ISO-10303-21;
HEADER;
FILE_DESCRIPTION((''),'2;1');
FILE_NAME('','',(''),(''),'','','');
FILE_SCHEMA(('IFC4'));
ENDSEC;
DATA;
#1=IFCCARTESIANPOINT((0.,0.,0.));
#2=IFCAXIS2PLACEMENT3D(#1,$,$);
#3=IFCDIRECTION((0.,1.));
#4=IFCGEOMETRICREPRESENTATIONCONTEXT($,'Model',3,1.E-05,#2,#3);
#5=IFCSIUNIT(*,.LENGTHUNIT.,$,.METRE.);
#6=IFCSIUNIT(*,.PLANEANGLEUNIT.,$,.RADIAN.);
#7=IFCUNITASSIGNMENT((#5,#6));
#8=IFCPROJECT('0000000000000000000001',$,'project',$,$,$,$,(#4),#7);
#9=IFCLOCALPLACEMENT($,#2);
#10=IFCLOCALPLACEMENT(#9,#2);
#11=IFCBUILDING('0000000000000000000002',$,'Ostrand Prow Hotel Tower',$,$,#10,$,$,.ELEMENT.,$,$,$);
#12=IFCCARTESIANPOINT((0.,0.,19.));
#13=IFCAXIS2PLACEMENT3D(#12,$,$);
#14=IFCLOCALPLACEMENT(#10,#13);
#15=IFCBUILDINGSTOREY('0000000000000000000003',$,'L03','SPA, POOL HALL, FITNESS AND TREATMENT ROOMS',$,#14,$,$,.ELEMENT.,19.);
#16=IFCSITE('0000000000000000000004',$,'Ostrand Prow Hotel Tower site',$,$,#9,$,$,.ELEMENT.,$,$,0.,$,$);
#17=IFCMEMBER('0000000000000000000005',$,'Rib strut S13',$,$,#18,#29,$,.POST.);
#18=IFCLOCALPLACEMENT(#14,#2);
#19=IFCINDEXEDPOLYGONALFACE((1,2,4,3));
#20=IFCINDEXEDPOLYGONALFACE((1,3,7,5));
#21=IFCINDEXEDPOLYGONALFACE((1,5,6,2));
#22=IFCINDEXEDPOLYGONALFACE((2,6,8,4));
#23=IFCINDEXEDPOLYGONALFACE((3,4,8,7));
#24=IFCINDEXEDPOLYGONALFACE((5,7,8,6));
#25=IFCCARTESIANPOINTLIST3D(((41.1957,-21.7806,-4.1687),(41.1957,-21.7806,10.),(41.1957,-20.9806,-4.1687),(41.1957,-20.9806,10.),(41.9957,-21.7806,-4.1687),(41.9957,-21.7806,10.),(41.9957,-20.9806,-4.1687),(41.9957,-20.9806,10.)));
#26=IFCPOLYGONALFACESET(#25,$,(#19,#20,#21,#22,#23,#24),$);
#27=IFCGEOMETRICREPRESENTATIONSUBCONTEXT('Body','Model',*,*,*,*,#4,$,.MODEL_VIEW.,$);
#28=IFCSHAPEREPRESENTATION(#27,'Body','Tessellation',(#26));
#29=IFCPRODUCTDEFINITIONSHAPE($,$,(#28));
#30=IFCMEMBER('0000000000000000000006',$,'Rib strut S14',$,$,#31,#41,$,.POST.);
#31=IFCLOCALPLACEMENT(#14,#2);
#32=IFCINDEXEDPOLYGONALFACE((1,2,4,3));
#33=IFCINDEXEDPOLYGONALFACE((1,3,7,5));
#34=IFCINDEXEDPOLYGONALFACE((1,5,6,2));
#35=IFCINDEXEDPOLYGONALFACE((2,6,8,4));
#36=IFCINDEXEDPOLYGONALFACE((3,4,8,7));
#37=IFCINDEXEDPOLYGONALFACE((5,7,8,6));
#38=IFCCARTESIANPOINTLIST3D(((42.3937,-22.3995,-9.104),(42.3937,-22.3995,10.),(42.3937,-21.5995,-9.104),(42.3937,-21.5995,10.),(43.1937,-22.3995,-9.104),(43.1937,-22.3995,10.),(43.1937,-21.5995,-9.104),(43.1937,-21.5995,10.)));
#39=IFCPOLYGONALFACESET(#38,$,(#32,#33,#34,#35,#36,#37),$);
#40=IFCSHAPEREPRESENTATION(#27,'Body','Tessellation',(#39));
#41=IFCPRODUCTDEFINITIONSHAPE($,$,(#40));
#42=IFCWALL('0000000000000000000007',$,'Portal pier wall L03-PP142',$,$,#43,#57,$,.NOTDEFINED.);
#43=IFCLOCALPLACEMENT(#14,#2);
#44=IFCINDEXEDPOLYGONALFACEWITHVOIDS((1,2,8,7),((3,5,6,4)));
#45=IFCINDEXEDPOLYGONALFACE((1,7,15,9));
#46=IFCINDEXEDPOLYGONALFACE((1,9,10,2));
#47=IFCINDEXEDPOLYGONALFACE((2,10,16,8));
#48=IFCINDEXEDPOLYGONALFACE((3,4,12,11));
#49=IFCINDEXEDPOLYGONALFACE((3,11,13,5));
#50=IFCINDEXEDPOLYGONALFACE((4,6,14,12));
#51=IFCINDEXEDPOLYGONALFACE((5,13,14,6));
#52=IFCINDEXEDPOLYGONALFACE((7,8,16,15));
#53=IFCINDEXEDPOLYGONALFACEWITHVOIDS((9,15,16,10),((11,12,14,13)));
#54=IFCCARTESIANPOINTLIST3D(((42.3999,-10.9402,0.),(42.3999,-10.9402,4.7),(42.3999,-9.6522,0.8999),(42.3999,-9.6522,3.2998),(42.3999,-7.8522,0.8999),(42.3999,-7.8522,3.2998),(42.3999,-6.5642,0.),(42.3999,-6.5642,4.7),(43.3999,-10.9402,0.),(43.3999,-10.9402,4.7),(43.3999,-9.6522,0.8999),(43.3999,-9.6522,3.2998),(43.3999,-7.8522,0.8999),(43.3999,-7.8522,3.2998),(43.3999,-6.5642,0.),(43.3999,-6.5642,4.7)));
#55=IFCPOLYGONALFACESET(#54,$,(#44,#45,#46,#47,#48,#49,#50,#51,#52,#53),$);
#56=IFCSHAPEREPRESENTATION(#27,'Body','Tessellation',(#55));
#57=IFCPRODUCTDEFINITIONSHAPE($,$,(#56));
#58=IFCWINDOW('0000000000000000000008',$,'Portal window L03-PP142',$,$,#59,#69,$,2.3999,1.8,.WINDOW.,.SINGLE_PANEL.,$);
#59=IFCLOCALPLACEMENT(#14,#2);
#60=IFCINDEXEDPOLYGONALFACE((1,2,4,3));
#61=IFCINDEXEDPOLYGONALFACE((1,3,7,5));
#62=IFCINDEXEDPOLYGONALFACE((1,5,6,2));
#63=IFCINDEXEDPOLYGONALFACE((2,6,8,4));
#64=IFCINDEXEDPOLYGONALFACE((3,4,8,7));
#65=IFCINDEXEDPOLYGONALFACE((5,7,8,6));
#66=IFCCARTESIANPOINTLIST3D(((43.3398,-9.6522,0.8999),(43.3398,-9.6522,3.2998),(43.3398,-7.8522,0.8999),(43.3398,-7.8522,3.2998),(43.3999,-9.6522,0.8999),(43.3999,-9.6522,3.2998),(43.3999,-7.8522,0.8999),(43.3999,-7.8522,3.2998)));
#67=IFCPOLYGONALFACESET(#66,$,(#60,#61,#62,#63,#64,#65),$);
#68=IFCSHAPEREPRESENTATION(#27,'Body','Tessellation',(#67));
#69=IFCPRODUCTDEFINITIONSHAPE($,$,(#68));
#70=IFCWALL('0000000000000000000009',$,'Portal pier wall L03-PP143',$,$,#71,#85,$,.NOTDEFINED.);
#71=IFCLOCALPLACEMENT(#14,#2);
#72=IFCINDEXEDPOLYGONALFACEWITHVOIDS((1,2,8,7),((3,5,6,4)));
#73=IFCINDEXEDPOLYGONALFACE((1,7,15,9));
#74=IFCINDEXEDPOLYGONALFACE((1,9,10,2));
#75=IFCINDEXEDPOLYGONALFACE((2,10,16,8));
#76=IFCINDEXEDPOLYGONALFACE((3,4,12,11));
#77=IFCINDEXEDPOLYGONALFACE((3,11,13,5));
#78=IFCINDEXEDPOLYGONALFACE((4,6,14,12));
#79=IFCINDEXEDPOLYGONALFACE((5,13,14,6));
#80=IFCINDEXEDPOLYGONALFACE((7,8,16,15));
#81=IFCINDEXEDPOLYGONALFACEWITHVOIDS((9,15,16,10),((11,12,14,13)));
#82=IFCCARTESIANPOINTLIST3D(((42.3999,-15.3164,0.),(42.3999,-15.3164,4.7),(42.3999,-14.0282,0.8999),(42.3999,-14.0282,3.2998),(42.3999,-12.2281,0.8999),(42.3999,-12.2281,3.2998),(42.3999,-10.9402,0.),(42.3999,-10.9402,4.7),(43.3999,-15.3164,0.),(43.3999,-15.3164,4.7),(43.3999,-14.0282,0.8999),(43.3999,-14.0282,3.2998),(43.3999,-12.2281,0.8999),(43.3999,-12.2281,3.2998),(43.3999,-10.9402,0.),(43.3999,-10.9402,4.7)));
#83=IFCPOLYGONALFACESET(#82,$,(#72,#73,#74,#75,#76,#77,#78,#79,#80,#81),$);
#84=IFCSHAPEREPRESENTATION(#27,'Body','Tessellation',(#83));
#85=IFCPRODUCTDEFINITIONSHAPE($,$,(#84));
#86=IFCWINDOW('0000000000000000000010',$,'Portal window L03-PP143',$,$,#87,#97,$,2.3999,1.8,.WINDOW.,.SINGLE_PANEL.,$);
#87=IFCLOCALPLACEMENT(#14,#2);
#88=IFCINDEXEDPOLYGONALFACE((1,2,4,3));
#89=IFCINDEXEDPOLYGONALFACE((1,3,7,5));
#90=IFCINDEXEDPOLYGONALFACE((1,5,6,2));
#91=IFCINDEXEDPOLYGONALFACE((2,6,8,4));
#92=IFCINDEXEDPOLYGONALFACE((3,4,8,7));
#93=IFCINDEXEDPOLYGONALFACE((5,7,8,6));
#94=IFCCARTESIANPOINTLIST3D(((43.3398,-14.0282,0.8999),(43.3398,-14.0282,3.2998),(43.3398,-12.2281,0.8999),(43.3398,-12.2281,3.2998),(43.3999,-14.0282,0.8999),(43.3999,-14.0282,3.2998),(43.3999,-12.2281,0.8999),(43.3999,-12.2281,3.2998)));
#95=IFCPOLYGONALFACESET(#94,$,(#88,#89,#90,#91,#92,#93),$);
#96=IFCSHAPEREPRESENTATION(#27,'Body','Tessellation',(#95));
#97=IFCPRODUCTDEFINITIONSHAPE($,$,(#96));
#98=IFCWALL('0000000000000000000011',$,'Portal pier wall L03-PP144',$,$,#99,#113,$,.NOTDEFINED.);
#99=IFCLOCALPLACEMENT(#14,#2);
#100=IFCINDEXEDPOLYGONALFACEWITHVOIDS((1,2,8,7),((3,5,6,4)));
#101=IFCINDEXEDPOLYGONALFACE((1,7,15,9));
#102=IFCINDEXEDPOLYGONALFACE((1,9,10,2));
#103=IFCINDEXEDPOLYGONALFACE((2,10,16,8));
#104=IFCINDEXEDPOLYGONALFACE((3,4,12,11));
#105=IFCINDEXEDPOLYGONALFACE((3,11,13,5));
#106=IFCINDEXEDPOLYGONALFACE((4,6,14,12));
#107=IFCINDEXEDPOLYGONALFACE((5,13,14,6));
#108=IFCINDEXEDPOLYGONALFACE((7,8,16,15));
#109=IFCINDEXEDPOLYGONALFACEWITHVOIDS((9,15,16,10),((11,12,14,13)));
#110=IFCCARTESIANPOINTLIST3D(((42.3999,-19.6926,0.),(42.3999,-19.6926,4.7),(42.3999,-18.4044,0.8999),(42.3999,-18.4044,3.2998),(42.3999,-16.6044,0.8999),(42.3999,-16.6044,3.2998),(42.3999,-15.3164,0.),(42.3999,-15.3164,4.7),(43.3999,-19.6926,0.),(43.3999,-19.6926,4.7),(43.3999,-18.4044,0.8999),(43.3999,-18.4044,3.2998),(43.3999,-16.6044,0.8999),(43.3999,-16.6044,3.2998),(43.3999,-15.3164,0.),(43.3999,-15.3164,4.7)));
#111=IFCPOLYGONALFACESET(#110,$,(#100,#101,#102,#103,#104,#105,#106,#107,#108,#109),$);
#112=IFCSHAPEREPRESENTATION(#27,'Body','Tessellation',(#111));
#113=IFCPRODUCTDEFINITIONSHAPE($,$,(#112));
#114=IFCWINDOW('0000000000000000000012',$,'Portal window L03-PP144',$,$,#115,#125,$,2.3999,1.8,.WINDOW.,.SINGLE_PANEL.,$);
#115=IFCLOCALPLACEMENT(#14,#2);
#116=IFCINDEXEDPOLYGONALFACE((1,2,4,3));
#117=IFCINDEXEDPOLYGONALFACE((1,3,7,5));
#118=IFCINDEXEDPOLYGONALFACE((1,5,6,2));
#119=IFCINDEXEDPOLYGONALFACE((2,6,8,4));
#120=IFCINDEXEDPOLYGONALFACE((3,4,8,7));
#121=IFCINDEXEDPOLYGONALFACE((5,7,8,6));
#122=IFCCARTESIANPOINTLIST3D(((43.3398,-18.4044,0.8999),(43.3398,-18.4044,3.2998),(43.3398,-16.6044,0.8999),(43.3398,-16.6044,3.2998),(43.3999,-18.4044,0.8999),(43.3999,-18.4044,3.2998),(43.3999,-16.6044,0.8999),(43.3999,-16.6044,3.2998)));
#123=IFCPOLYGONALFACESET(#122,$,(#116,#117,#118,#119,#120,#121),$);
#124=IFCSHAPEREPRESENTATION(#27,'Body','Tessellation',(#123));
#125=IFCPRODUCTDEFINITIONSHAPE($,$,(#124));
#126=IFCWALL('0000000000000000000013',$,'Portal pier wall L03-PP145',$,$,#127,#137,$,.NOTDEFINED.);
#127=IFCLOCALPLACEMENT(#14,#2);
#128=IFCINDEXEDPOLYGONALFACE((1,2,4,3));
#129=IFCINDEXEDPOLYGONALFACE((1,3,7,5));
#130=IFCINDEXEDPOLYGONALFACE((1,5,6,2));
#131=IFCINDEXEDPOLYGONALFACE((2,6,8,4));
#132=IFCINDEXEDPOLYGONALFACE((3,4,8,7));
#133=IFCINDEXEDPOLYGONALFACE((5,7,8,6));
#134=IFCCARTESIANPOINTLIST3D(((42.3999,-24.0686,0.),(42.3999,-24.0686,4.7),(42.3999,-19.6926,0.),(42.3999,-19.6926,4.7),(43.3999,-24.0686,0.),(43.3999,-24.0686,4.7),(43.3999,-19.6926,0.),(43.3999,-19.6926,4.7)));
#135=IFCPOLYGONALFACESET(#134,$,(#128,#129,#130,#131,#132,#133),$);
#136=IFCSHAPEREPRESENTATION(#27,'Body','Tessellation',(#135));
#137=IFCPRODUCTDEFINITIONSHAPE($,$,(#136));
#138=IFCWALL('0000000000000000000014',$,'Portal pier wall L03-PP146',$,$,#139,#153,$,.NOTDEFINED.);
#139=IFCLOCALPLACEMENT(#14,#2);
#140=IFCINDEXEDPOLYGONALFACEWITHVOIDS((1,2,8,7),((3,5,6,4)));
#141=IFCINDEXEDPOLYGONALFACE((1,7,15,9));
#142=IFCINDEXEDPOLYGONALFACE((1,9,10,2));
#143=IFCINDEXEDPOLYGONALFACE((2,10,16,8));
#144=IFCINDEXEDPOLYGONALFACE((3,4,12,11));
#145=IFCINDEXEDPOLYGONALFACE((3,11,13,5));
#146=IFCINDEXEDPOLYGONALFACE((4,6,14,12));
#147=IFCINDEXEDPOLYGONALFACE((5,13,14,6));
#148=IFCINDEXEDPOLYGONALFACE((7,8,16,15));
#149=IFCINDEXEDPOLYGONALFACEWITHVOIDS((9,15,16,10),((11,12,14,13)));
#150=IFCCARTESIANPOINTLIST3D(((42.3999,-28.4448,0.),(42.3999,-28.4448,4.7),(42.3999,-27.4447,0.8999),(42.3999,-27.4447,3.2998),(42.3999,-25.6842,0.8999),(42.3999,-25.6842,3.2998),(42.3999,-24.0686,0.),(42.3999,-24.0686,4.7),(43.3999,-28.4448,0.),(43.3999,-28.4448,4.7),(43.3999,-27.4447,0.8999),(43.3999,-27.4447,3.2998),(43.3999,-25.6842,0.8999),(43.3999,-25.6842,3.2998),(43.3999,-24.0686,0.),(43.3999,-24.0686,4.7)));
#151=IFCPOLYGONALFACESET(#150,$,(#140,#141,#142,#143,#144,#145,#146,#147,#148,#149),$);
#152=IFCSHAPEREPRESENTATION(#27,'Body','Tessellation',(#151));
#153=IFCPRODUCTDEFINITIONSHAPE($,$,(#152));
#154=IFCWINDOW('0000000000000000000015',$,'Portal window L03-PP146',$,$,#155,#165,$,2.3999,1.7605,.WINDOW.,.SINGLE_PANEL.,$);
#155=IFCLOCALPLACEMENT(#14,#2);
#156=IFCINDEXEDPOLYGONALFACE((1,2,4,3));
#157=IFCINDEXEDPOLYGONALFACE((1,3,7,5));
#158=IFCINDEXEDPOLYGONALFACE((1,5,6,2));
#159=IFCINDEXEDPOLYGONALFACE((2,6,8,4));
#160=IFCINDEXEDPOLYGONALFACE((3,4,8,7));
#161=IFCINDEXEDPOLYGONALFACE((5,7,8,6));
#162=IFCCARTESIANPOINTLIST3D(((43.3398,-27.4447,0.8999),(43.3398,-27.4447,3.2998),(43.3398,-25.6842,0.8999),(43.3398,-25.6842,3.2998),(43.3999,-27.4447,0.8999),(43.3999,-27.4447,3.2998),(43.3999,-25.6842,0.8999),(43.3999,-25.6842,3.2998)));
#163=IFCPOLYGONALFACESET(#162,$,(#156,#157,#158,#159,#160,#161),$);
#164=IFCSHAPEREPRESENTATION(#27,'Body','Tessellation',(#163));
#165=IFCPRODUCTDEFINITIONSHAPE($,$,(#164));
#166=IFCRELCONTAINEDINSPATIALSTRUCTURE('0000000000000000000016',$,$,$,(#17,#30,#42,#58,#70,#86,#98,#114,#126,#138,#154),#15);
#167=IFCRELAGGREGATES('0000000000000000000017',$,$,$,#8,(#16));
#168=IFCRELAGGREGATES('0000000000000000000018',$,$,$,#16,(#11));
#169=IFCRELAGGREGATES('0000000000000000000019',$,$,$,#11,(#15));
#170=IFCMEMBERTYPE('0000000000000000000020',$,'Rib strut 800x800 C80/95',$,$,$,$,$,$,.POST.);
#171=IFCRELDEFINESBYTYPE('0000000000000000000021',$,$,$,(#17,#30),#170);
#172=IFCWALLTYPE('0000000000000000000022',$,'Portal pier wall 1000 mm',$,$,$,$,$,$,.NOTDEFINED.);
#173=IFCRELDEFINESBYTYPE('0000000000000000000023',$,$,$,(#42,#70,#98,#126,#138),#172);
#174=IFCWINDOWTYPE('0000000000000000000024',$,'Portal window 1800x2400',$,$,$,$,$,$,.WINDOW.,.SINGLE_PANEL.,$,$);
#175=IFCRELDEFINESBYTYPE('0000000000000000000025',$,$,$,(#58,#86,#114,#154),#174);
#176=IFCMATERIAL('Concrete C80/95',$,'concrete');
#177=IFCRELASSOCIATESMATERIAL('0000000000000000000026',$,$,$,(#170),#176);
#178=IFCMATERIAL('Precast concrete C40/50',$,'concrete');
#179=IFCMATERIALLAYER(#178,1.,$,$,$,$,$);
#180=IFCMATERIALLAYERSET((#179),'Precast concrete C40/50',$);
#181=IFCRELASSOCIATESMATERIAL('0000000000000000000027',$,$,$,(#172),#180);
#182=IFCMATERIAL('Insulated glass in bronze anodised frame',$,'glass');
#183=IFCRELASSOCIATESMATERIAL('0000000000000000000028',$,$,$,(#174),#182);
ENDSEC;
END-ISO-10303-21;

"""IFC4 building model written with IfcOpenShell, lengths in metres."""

from ifc_helpers import new_model, si_unit, direction, frame, frame_2d, origin, origin_2d, place, context, subcontext, project, spatial, polyline, rectangle, outline, extrude, material, layer, layer_set, material_profile, profile_set, type_object, element, fill, save


model = new_model("IFC4")

# Units and contexts
model_context = context("Model", 3, precision=1e-05, world=origin(), true_north=direction((0.0, 1.0)))
body_context = subcontext(model_context, "Body", "Model", "MODEL_VIEW")
ifc_project = project(units=[si_unit("LENGTHUNIT", "METRE"), si_unit("PLANEANGLEUNIT", "RADIAN")], contexts=[model_context])

# Site, building, storey
site_placement = place(None, origin())
site = spatial("IfcSite", under=ifc_project, at=site_placement, Name="Ostrand Prow Hotel Tower site", CompositionType="ELEMENT", RefElevation=0.0)
building_placement = place(site_placement, origin())
building = spatial("IfcBuilding", under=site, at=building_placement, Name="Ostrand Prow Hotel Tower", CompositionType="ELEMENT")
storey_placement = place(building_placement, frame((0.0, 0.0, 19.0)))
storey = spatial("IfcBuildingStorey", under=building, at=storey_placement, Name="L03", Description="SPA, POOL HALL, FITNESS AND TREATMENT ROOMS", CompositionType="ELEMENT", Elevation=19.0)

# Members
ifc_material_1 = material(Name="Concrete C80/95", Category="concrete")
ifc_material_profile = material_profile(ifc_material_1, rectangle(XDim=0.8, YDim=0.8, at=origin_2d()), Name="RC 800x800")
ifc_profile_set = profile_set([ifc_material_profile], Name="Concrete C80/95")
member_type = type_object("IfcMemberType", Name="Rib strut 800x800 C80/95", PredefinedType="POST", material=ifc_profile_set)
member_1_placement = place(storey_placement, frame((41.5957, -21.3806, -4.1687), z_axis=(0.0, 0.0, 1.0), x_axis=(1.0, 0.0, 0.0)))
element("IfcMember", 1, at=member_1_placement, inside=storey, type_object=member_type, Name="Rib strut S13", PredefinedType="POST", context=body_context, shape_type="SweptSolid", body=[
    extrude(rectangle(XDim=0.8, YDim=0.8, at=origin_2d()), origin(), (0.0, 0.0, 1.0), 14.1687),
])
member_2_placement = place(storey_placement, frame((42.7937, -21.9995, -9.104), z_axis=(0.0, 0.0, 1.0), x_axis=(1.0, 0.0, 0.0)))
element("IfcMember", 2, at=member_2_placement, inside=storey, type_object=member_type, Name="Rib strut S14", PredefinedType="POST", context=body_context, shape_type="SweptSolid", body=[
    extrude(rectangle(XDim=0.8, YDim=0.8, at=origin_2d()), origin(), (0.0, 0.0, 1.0), 19.104),
])

# Walls, openings, windows
ifc_material_2 = material(Name="Precast concrete C40/50", Category="concrete")
ifc_layer_1 = layer(ifc_material_2, 1.0)
ifc_layer_set_1 = layer_set([ifc_layer_1], Name="Precast concrete C40/50")
wall_type = type_object("IfcWallType", Name="Portal pier wall 1000 mm", PredefinedType="NOTDEFINED", material=ifc_layer_set_1)
wall_1_placement = place(storey_placement, frame((42.8999, -6.5642, 0.0), z_axis=(0.0, 0.0, 1.0), x_axis=(0.0, -1.0, 0.0)))
wall_1 = element("IfcWall", 3, at=wall_1_placement, inside=storey, type_object=wall_type, Name="Portal pier wall L03-PP142", PredefinedType="NOTDEFINED", context=body_context, shape_type="SweptSolid", body=[
    extrude(outline(polyline([(0.0, -0.5), (4.376, -0.5), (4.376, 0.5), (0.0, 0.5), (0.0, -0.5)])), origin(), (0.0, 0.0, 1.0), 4.7),
])
opening_1_placement = place(wall_1_placement, frame((1.2881, 0.0, 0.8999)))
opening_1 = element("IfcOpeningElement", 4, at=opening_1_placement, cuts=wall_1, PredefinedType="OPENING", context=body_context, shape_type="SweptSolid", body=[
    extrude(rectangle(XDim=1.8, YDim=2.3999, at=frame_2d((0.8999, 1.2))), frame((0.0, 0.51, 0.0), z_axis=(0.0, -1.0, 0.0), x_axis=(1.0, 0.0, 0.0)), (0.0, 0.0, 1.0), 1.02),
])
ifc_material_3 = material(Name="Insulated glass in bronze anodised frame", Category="glass")
window_type = type_object("IfcWindowType", Name="Portal window 1800x2400", PartitioningType="SINGLE_PANEL", PredefinedType="WINDOW", material=ifc_material_3)
window_1_placement = place(opening_1_placement, origin())
window_1 = element("IfcWindow", 5, at=window_1_placement, inside=storey, type_object=window_type, Name="Portal window L03-PP142", OverallHeight=2.3999, OverallWidth=1.8, PartitioningType="SINGLE_PANEL", PredefinedType="WINDOW", context=body_context, shape_type="SweptSolid", body=[
    extrude(rectangle(XDim=1.8, YDim=2.3999, at=frame_2d((0.8999, 1.2))), frame((0.0, 0.5, 0.0), z_axis=(0.0, -1.0, 0.0), x_axis=(1.0, 0.0, 0.0)), (0.0, 0.0, 1.0), 0.0601),
])
fill(opening_1, window_1)
wall_2_placement = place(storey_placement, frame((42.8999, -10.9402, 0.0), z_axis=(0.0, 0.0, 1.0), x_axis=(0.0, -1.0, 0.0)))
wall_2 = element("IfcWall", 6, at=wall_2_placement, inside=storey, type_object=wall_type, Name="Portal pier wall L03-PP143", PredefinedType="NOTDEFINED", context=body_context, shape_type="SweptSolid", body=[
    extrude(outline(polyline([(0.0, -0.5), (4.3762, -0.5), (4.3762, 0.5), (0.0, 0.5), (0.0, -0.5)])), origin(), (0.0, 0.0, 1.0), 4.7),
])
opening_2_placement = place(wall_2_placement, frame((1.2881, 0.0, 0.8999)))
opening_2 = element("IfcOpeningElement", 7, at=opening_2_placement, cuts=wall_2, PredefinedType="OPENING", context=body_context, shape_type="SweptSolid", body=[
    extrude(rectangle(XDim=1.8, YDim=2.3999, at=frame_2d((0.8999, 1.2))), frame((0.0, 0.51, 0.0), z_axis=(0.0, -1.0, 0.0), x_axis=(1.0, 0.0, 0.0)), (0.0, 0.0, 1.0), 1.02),
])
window_2_placement = place(opening_2_placement, origin())
window_2 = element("IfcWindow", 8, at=window_2_placement, inside=storey, type_object=window_type, Name="Portal window L03-PP143", OverallHeight=2.3999, OverallWidth=1.8, PartitioningType="SINGLE_PANEL", PredefinedType="WINDOW", context=body_context, shape_type="SweptSolid", body=[
    extrude(rectangle(XDim=1.8, YDim=2.3999, at=frame_2d((0.8999, 1.2))), frame((0.0, 0.5, 0.0), z_axis=(0.0, -1.0, 0.0), x_axis=(1.0, 0.0, 0.0)), (0.0, 0.0, 1.0), 0.0601),
])
fill(opening_2, window_2)
wall_3_placement = place(storey_placement, frame((42.8999, -15.3164, 0.0), z_axis=(0.0, 0.0, 1.0), x_axis=(0.0, -1.0, 0.0)))
wall_3 = element("IfcWall", 9, at=wall_3_placement, inside=storey, type_object=wall_type, Name="Portal pier wall L03-PP144", PredefinedType="NOTDEFINED", context=body_context, shape_type="SweptSolid", body=[
    extrude(outline(polyline([(0.0, -0.5), (4.3762, -0.5), (4.3762, 0.5), (0.0, 0.5), (0.0, -0.5)])), origin(), (0.0, 0.0, 1.0), 4.7),
])
opening_3_placement = place(wall_3_placement, frame((1.2881, 0.0, 0.8999)))
opening_3 = element("IfcOpeningElement", 10, at=opening_3_placement, cuts=wall_3, PredefinedType="OPENING", context=body_context, shape_type="SweptSolid", body=[
    extrude(rectangle(XDim=1.8, YDim=2.3999, at=frame_2d((0.8999, 1.2))), frame((0.0, 0.51, 0.0), z_axis=(0.0, -1.0, 0.0), x_axis=(1.0, 0.0, 0.0)), (0.0, 0.0, 1.0), 1.02),
])
window_3_placement = place(opening_3_placement, origin())
window_3 = element("IfcWindow", 11, at=window_3_placement, inside=storey, type_object=window_type, Name="Portal window L03-PP144", OverallHeight=2.3999, OverallWidth=1.8, PartitioningType="SINGLE_PANEL", PredefinedType="WINDOW", context=body_context, shape_type="SweptSolid", body=[
    extrude(rectangle(XDim=1.8, YDim=2.3999, at=frame_2d((0.8999, 1.2))), frame((0.0, 0.5, 0.0), z_axis=(0.0, -1.0, 0.0), x_axis=(1.0, 0.0, 0.0)), (0.0, 0.0, 1.0), 0.0601),
])
fill(opening_3, window_3)

# Wall
wall_4_placement = place(storey_placement, frame((42.8999, -19.6926, 0.0), z_axis=(0.0, 0.0, 1.0), x_axis=(0.0, -1.0, 0.0)))
element("IfcWall", 12, at=wall_4_placement, inside=storey, type_object=wall_type, Name="Portal pier wall L03-PP145", PredefinedType="NOTDEFINED", context=body_context, shape_type="SweptSolid", body=[
    extrude(outline(polyline([(0.0, -0.5), (4.376, -0.5), (4.376, 0.5), (0.0, 0.5), (0.0, -0.5)])), origin(), (0.0, 0.0, 1.0), 4.7),
])

# Wall, opening, window
wall_5_placement = place(storey_placement, frame((42.8999, -24.0686, 0.0), z_axis=(0.0, 0.0, 1.0), x_axis=(0.0, -1.0, 0.0)))
wall_5 = element("IfcWall", 13, at=wall_5_placement, inside=storey, type_object=wall_type, Name="Portal pier wall L03-PP146", PredefinedType="NOTDEFINED", context=body_context, shape_type="SweptSolid", body=[
    extrude(outline(polyline([(0.0, -0.5), (4.3762, -0.5), (4.3762, 0.5), (0.0, 0.5), (0.0, -0.5)])), origin(), (0.0, 0.0, 1.0), 4.7),
])
opening_4_placement = place(wall_5_placement, frame((1.6155, 0.0, 0.8999)))
opening_4 = element("IfcOpeningElement", 14, at=opening_4_placement, cuts=wall_5, PredefinedType="OPENING", context=body_context, shape_type="SweptSolid", body=[
    extrude(rectangle(XDim=1.7605, YDim=2.3999, at=frame_2d((0.8804, 1.2))), frame((0.0, 0.51, 0.0), z_axis=(0.0, -1.0, 0.0), x_axis=(1.0, 0.0, 0.0)), (0.0, 0.0, 1.0), 1.02),
])
window_4_placement = place(opening_4_placement, origin())
window_4 = element("IfcWindow", 15, at=window_4_placement, inside=storey, type_object=window_type, Name="Portal window L03-PP146", OverallHeight=2.3999, OverallWidth=1.7605, PartitioningType="SINGLE_PANEL", PredefinedType="WINDOW", context=body_context, shape_type="SweptSolid", body=[
    extrude(rectangle(XDim=1.7605, YDim=2.3999, at=frame_2d((0.8804, 1.2))), frame((0.0, 0.5, 0.0), z_axis=(0.0, -1.0, 0.0), x_axis=(1.0, 0.0, 0.0)), (0.0, 0.0, 1.0), 0.0601),
])
fill(opening_4, window_4)

save(model, "model.ifc")
